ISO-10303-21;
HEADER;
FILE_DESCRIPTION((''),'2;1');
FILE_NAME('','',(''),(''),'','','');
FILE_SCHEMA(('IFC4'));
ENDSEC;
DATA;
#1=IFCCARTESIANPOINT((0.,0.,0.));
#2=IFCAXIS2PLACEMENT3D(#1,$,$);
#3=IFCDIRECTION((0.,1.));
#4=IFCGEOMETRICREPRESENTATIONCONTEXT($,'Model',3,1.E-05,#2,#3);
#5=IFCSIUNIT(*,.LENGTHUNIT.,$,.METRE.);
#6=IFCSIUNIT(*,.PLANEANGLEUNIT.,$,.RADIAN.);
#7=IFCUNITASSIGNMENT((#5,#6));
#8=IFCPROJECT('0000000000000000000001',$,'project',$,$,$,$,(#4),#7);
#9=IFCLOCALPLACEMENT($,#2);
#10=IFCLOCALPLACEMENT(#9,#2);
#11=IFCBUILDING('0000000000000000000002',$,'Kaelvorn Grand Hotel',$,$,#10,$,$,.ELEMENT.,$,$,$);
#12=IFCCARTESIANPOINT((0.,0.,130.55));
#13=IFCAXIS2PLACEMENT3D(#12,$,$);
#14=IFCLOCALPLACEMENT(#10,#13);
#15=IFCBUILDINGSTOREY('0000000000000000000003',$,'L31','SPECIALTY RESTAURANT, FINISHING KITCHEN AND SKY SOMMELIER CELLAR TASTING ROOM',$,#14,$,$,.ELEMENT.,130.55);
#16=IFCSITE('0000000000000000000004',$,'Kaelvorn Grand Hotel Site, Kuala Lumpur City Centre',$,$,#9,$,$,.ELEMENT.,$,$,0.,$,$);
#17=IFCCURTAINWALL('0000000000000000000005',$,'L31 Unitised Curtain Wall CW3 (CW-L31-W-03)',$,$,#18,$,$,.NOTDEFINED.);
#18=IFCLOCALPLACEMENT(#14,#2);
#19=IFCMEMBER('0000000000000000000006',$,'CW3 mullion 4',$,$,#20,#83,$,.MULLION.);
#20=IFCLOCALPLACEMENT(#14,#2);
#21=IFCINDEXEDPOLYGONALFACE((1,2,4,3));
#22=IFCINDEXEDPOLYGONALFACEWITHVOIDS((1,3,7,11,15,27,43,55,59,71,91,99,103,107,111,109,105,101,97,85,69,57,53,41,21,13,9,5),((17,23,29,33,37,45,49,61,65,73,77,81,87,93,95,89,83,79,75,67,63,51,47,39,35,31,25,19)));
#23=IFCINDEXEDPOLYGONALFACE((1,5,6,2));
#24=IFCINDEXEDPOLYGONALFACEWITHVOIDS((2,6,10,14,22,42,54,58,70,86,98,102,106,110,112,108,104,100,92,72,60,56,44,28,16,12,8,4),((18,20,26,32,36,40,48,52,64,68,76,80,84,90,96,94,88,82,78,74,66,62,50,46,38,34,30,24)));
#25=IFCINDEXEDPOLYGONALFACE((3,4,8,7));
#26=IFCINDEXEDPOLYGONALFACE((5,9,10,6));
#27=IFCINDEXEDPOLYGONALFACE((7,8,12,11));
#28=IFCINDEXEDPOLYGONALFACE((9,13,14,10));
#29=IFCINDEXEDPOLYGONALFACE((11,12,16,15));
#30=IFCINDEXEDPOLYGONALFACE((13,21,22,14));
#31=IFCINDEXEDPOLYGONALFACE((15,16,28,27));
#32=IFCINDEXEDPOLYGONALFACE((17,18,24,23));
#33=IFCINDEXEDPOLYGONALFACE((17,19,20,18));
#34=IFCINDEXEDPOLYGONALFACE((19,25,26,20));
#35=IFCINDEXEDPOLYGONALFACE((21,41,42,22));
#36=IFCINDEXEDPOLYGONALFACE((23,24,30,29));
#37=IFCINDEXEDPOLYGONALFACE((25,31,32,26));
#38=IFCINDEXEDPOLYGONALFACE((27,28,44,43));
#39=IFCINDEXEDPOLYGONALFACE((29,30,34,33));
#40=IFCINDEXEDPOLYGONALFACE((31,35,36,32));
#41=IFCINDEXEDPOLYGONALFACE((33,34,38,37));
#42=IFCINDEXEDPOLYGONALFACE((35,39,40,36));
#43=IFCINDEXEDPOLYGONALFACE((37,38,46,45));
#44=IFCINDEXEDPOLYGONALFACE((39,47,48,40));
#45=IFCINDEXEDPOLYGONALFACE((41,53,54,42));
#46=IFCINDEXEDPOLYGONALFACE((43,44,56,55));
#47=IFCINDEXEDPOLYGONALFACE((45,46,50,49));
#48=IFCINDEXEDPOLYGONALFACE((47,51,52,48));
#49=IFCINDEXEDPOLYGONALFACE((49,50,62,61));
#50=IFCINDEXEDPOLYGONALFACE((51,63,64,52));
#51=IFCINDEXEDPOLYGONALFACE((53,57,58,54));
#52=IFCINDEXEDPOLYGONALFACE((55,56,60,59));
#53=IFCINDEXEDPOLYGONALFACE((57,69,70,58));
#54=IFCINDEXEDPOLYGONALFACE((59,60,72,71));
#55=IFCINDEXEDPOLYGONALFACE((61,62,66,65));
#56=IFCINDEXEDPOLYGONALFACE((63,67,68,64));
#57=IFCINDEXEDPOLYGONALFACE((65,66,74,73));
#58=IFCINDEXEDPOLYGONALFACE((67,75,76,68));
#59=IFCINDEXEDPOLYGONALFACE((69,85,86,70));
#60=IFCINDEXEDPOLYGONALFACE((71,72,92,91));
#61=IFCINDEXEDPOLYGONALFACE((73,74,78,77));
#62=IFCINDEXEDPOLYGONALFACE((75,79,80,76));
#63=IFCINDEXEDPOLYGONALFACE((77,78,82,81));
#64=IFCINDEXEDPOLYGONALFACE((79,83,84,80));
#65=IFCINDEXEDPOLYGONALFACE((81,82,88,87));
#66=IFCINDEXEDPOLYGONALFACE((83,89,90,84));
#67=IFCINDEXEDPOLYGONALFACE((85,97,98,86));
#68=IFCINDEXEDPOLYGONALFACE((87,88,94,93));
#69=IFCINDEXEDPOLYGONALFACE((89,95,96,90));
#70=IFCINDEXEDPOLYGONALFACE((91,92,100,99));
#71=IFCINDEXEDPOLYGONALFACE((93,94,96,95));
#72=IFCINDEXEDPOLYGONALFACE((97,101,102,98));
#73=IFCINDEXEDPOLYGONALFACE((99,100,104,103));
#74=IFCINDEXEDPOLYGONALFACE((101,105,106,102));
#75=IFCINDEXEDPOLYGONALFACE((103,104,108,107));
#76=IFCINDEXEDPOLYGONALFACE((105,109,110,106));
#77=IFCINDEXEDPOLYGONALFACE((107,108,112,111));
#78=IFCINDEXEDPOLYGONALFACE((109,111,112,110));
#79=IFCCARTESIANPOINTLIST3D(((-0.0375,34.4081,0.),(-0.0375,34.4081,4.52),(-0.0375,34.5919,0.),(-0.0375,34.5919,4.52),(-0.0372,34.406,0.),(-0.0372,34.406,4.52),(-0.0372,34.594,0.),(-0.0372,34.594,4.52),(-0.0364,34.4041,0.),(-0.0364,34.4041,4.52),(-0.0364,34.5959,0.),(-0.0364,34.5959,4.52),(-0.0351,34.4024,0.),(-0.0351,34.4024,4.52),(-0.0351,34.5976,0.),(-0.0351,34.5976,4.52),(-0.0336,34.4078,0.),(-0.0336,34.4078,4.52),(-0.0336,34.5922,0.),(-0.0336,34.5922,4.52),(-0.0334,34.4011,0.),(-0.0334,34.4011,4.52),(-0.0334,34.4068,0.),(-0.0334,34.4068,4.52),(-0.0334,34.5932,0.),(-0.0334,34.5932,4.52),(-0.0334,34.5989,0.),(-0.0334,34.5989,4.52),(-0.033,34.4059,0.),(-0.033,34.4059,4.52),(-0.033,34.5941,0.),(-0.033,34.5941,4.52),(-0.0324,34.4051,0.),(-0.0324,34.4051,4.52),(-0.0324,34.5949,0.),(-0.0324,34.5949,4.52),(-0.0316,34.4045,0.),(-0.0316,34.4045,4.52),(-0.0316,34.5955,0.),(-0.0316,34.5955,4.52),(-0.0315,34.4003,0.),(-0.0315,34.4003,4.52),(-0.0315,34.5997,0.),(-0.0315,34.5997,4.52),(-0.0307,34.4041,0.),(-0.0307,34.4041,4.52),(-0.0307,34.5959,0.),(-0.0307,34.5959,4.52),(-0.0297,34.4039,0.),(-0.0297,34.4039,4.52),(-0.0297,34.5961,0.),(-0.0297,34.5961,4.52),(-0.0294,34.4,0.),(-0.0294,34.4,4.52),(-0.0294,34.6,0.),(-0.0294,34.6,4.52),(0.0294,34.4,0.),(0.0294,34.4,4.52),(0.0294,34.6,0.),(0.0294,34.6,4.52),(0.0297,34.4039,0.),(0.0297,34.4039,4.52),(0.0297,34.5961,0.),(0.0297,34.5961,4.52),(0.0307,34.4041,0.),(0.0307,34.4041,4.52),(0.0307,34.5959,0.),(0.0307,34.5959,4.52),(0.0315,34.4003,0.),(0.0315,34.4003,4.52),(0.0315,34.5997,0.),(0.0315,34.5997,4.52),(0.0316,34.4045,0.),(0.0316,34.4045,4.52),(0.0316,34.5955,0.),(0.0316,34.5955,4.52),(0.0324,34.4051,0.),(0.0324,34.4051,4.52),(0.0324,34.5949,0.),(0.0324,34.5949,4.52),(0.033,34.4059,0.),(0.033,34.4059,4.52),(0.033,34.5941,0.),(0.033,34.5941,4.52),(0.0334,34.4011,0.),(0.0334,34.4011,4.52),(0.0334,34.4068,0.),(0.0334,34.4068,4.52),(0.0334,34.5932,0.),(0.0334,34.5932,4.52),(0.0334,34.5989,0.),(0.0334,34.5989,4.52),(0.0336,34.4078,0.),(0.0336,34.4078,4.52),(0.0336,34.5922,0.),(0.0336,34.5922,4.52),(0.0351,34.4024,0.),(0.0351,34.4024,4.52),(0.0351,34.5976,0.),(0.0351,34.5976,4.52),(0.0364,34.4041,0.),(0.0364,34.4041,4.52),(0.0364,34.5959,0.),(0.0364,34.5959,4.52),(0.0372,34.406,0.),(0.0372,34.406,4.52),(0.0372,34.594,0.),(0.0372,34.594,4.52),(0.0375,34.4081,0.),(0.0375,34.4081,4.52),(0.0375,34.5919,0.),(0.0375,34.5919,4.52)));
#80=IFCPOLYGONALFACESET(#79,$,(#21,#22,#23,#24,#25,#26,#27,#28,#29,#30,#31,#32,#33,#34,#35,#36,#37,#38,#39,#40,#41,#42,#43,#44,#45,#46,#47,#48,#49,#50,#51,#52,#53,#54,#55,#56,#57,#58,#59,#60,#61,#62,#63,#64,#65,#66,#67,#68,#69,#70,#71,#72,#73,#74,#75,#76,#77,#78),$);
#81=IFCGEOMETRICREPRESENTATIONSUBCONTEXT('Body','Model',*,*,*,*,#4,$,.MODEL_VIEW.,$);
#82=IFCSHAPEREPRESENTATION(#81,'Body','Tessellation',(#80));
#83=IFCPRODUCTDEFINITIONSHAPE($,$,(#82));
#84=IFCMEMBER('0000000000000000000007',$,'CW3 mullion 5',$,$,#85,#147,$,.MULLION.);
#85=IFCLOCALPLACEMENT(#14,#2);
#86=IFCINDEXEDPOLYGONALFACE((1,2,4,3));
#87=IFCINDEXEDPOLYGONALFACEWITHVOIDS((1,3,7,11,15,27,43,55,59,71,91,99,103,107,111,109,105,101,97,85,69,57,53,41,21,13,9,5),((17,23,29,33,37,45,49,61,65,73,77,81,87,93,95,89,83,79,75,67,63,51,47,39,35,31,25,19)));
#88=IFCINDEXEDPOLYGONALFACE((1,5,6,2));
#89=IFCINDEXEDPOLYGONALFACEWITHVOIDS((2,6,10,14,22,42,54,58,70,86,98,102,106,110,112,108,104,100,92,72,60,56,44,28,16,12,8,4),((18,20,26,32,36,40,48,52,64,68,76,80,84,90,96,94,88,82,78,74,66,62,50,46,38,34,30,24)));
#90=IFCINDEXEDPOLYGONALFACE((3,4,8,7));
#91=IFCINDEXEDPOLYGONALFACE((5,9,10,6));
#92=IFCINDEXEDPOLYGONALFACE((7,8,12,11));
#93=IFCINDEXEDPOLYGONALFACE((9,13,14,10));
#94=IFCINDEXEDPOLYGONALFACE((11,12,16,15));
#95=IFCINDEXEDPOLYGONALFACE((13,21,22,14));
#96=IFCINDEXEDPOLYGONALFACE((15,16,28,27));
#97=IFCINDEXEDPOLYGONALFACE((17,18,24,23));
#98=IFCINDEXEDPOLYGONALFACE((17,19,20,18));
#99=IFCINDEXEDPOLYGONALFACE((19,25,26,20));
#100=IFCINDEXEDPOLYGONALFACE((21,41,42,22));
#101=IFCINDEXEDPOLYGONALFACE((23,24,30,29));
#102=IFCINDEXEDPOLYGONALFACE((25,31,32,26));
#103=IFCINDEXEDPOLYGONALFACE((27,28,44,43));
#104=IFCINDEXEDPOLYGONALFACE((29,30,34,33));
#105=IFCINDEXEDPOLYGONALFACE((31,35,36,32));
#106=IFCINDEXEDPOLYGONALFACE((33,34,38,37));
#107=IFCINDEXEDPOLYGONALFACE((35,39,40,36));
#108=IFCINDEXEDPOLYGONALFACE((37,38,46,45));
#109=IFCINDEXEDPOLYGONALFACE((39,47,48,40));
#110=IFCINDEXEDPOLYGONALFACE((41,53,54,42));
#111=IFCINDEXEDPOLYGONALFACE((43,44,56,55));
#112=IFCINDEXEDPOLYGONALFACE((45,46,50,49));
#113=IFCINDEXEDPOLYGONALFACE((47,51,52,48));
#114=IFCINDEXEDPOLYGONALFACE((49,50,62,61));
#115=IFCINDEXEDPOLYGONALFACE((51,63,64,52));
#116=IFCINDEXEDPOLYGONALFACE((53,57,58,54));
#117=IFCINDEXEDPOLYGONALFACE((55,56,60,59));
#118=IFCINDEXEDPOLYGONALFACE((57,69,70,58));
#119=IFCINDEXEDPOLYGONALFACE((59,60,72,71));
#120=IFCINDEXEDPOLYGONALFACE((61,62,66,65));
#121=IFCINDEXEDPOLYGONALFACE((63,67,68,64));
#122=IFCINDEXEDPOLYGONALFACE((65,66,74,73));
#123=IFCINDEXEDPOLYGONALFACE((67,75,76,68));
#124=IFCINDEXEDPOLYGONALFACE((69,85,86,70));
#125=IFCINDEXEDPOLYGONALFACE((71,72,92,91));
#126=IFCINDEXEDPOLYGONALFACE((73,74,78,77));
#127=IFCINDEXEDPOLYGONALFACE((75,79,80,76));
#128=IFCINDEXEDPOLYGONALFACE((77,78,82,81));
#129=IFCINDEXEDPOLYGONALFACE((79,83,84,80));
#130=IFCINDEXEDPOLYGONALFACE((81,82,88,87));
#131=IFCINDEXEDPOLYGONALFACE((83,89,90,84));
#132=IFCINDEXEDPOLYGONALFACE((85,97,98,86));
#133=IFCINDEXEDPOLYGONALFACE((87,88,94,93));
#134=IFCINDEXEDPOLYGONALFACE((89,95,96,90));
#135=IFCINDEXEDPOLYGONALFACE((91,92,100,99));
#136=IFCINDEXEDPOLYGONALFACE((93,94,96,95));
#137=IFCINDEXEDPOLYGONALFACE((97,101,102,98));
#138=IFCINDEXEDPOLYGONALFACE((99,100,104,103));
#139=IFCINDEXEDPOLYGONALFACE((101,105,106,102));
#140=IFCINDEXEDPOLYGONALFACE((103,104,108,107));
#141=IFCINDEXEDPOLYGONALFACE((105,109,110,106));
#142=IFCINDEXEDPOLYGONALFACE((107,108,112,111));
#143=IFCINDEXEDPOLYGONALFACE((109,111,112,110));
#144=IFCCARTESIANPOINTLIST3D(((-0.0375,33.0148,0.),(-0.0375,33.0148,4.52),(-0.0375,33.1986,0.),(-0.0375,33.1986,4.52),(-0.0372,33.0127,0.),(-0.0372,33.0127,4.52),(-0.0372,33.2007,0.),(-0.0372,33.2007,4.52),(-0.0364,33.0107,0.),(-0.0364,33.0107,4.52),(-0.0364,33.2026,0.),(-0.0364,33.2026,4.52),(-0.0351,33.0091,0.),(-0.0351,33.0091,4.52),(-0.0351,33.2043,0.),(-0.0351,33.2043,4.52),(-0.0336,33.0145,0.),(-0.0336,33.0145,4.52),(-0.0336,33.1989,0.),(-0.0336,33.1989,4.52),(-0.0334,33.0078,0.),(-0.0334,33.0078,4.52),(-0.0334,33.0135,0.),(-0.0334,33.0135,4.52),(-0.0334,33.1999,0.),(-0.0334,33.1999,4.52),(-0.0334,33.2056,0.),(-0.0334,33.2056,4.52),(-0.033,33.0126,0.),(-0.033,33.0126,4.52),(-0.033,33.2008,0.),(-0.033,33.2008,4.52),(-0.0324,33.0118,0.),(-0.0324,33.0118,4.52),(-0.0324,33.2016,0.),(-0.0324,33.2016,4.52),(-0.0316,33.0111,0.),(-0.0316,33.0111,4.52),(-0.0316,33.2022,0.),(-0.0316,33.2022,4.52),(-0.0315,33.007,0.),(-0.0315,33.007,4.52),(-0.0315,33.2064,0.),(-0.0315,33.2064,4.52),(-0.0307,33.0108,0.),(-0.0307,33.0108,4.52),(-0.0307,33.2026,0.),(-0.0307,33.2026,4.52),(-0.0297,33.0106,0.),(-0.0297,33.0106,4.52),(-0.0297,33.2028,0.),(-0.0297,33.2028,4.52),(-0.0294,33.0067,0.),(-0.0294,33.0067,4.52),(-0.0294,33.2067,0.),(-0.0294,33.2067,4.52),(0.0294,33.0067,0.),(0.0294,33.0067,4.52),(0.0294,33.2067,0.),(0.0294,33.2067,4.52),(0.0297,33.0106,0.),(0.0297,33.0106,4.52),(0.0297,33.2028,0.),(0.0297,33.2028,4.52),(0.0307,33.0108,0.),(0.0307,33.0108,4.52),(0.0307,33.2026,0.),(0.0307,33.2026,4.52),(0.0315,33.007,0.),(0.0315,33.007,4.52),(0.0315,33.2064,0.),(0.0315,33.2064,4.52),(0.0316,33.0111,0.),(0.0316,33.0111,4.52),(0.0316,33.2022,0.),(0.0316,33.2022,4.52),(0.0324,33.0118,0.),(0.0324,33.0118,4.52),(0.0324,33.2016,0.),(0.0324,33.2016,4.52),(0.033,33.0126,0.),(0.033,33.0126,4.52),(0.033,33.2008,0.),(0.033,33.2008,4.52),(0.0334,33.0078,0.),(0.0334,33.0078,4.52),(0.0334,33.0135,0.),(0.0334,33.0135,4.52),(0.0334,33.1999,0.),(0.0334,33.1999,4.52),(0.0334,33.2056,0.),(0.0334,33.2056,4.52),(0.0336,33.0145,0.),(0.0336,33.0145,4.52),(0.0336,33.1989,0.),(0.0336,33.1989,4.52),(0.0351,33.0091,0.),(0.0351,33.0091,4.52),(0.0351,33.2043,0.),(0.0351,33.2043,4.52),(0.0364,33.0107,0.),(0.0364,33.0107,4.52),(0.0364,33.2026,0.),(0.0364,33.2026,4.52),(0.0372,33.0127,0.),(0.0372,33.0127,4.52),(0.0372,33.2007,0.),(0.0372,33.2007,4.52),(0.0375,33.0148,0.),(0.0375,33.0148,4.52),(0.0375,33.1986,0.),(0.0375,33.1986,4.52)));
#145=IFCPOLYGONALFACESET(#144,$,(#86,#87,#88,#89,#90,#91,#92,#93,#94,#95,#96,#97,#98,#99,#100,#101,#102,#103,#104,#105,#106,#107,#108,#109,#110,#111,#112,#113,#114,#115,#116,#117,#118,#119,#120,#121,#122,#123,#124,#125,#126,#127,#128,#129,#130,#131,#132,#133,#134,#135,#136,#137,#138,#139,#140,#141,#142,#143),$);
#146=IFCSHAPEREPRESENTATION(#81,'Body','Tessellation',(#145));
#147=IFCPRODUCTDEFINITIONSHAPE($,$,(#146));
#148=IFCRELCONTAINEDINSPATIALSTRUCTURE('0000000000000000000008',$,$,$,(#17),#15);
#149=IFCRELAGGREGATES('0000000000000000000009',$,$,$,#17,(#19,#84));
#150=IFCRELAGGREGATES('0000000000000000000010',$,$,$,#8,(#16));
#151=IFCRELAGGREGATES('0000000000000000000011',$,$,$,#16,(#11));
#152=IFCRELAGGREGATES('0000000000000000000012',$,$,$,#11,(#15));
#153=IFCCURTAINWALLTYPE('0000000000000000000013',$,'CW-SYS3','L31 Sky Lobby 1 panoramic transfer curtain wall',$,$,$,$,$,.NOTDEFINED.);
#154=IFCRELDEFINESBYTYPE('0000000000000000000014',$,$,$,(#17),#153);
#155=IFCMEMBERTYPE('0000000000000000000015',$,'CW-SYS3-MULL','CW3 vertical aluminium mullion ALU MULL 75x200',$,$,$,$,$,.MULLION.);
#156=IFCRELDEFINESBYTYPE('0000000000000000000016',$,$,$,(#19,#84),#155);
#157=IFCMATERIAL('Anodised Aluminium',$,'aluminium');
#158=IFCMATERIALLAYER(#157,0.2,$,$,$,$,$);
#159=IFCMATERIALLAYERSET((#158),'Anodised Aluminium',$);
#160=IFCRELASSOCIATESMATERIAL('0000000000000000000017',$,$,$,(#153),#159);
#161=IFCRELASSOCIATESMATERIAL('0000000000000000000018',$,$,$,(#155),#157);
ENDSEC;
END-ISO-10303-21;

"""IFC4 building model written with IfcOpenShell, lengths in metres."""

from ifc_helpers import new_model, si_unit, direction, frame, origin, origin_2d, place, context, subcontext, project, spatial, hollow_rectangle, extrude, material, layer, layer_set, material_profile, profile_set, type_object, element, aggregate, save


model = new_model("IFC4")

# Units and contexts
model_context = context("Model", 3, precision=1e-05, world=origin(), true_north=direction((0.0, 1.0)))
body_context = subcontext(model_context, "Body", "Model", "MODEL_VIEW")
ifc_project = project(units=[si_unit("LENGTHUNIT", "METRE"), si_unit("PLANEANGLEUNIT", "RADIAN")], contexts=[model_context])

# Site, building, storey
site_placement = place(None, origin())
site = spatial("IfcSite", under=ifc_project, at=site_placement, Name="Kaelvorn Grand Hotel Site, Kuala Lumpur City Centre", CompositionType="ELEMENT", RefElevation=0.0)
building_placement = place(site_placement, origin())
building = spatial("IfcBuilding", under=site, at=building_placement, Name="Kaelvorn Grand Hotel", CompositionType="ELEMENT")
storey_placement = place(building_placement, frame((0.0, 0.0, 130.55)))
storey = spatial("IfcBuildingStorey", under=building, at=storey_placement, Name="L31", Description="SPECIALTY RESTAURANT, FINISHING KITCHEN AND SKY SOMMELIER CELLAR TASTING ROOM", CompositionType="ELEMENT", Elevation=130.55)

# Curtain wall, members
ifc_material_1 = material(Name="Anodised Aluminium", Category="aluminium")
ifc_layer_1 = layer(ifc_material_1, 0.2)
ifc_layer_set_1 = layer_set([ifc_layer_1], Name="Anodised Aluminium")
curtain_wall_type = type_object("IfcCurtainWallType", Name="CW-SYS3", Description="L31 Sky Lobby 1 panoramic transfer curtain wall", PredefinedType="NOTDEFINED", material=ifc_layer_set_1)
curtain_wall_placement = place(storey_placement, origin())
curtain_wall = element("IfcCurtainWall", 1, at=curtain_wall_placement, inside=storey, type_object=curtain_wall_type, Name="L31 Unitised Curtain Wall CW3 (CW-L31-W-03)", PredefinedType="NOTDEFINED")
ifc_material_profile_1 = material_profile(ifc_material_1, hollow_rectangle(XDim=0.075, YDim=0.2, WallThickness=0.0039, InnerFilletRadius=0.0039, OuterFilletRadius=0.0081, at=origin_2d()), Name="ALU MULL 75x200")
ifc_profile_set_1 = profile_set([ifc_material_profile_1], Name="Anodised Aluminium")
member_type_1 = type_object("IfcMemberType", Name="CW-SYS3-MULL", Description="CW3 vertical aluminium mullion ALU MULL 75x200", PredefinedType="MULLION", material=ifc_profile_set_1)
member_1_placement = place(storey_placement, frame((0.0, 34.5, 0.0), z_axis=(0.0, 0.0, 1.0), x_axis=(1.0, 0.0, 0.0)))
member_1 = element("IfcMember", 2, at=member_1_placement, type_object=member_type_1, Name="CW3 mullion 4", PredefinedType="MULLION", context=body_context, shape_type="SweptSolid", body=[
    extrude(hollow_rectangle(XDim=0.075, YDim=0.2, WallThickness=0.0039, InnerFilletRadius=0.0039, OuterFilletRadius=0.0081, at=origin_2d()), origin(), (0.0, 0.0, 1.0), 4.52),
])
member_2_placement = place(storey_placement, frame((0.0, 33.1067, 0.0), z_axis=(0.0, 0.0, 1.0), x_axis=(1.0, 0.0, 0.0)))
member_2 = element("IfcMember", 3, at=member_2_placement, type_object=member_type_1, Name="CW3 mullion 5", PredefinedType="MULLION", context=body_context, shape_type="SweptSolid", body=[
    extrude(hollow_rectangle(XDim=0.075, YDim=0.2, WallThickness=0.0039, InnerFilletRadius=0.0039, OuterFilletRadius=0.0081, at=origin_2d()), origin(), (0.0, 0.0, 1.0), 4.52),
])
aggregate(curtain_wall, [member_1, member_2])

save(model, "model.ifc")
